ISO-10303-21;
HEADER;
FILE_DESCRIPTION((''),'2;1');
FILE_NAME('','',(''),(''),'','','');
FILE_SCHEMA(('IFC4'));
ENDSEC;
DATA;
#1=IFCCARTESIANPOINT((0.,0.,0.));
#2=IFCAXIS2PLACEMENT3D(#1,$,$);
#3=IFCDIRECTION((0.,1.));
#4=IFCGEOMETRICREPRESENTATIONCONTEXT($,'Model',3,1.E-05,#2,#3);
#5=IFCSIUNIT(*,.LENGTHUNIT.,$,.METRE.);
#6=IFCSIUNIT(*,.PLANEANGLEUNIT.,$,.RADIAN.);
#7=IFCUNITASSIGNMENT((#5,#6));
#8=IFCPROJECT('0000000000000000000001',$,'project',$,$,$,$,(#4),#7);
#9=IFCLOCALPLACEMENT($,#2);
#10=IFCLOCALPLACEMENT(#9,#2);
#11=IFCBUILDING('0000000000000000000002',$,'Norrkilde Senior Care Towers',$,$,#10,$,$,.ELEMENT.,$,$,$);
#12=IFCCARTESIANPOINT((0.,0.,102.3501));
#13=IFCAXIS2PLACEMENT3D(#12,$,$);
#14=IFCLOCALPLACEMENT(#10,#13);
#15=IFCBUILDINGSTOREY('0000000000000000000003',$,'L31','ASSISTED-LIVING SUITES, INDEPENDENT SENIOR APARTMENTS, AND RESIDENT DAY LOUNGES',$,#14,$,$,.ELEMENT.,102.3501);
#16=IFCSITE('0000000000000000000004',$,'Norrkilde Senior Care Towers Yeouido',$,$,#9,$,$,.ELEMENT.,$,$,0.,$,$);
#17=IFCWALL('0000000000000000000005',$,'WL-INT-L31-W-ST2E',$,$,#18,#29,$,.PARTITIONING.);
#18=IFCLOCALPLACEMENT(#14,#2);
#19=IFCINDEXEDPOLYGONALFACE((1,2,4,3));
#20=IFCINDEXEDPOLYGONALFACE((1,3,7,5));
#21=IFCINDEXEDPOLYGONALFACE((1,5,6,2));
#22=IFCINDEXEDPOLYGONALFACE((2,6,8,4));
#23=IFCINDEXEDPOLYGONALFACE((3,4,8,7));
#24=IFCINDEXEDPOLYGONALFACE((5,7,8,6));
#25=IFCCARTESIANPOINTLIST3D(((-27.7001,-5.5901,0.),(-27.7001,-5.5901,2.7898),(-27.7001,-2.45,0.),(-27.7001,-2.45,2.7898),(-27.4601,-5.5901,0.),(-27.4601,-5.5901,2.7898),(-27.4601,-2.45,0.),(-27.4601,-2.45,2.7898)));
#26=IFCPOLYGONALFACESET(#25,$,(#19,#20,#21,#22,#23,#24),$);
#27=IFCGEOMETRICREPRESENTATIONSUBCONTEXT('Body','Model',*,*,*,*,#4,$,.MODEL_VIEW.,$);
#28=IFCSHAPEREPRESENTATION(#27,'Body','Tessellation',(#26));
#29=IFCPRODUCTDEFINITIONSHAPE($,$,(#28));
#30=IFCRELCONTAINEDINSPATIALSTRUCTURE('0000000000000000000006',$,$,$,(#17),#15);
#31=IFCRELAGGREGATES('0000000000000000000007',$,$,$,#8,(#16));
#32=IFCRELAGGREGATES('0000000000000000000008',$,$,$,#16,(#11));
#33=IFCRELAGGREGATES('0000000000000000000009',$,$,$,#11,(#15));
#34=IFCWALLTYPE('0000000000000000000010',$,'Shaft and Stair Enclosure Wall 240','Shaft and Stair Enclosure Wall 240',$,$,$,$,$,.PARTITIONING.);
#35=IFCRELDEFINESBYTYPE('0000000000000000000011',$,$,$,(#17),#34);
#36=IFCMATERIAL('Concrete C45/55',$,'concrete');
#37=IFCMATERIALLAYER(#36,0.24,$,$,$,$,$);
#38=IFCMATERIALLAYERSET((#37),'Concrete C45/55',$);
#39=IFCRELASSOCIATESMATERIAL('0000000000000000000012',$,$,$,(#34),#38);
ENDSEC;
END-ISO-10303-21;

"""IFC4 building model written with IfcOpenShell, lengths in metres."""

from ifc_helpers import new_model, si_unit, direction, frame, frame_2d, origin, place, context, subcontext, project, spatial, rectangle, extrude, source, transform, mapped, material, layer, layer_set, type_object, type_shapes, element, save


model = new_model("IFC4")

# Units and contexts
model_context = context("Model", 3, precision=1e-05, world=origin(), true_north=direction((0.0, 1.0)))
body_context = subcontext(model_context, "Body", "Model", "MODEL_VIEW")
ifc_project = project(units=[si_unit("LENGTHUNIT", "METRE"), si_unit("PLANEANGLEUNIT", "RADIAN")], contexts=[model_context])

# Site, building, storey
site_placement = place(None, origin())
site = spatial("IfcSite", under=ifc_project, at=site_placement, Name="Norrkilde Senior Care Towers Yeouido", CompositionType="ELEMENT", RefElevation=0.0)
building_placement = place(site_placement, origin())
building = spatial("IfcBuilding", under=site, at=building_placement, Name="Norrkilde Senior Care Towers", CompositionType="ELEMENT")
storey_placement = place(building_placement, frame((0.0, 0.0, 102.3501)))
storey = spatial("IfcBuildingStorey", under=building, at=storey_placement, Name="L31", Description="ASSISTED-LIVING SUITES, INDEPENDENT SENIOR APARTMENTS, AND RESIDENT DAY LOUNGES", CompositionType="ELEMENT", Elevation=102.3501)

# Shared definitions
ifc_material_1 = material(Name="Concrete C45/55", Category="concrete")

# Wall
ifc_layer_1 = layer(ifc_material_1, 0.24)
ifc_layer_set_1 = layer_set([ifc_layer_1], Name="Concrete C45/55")
wall_type_1 = type_object("IfcWallType", Name="Shaft and Stair Enclosure Wall 240", Description="Shaft and Stair Enclosure Wall 240", PredefinedType="PARTITIONING", material=ifc_layer_set_1)
shared_shape_1 = source(origin(), body_context, "Body", "SweptSolid", [
    extrude(rectangle(XDim=3.1401, YDim=0.24, at=frame_2d((1.5701, 0.0))), origin(), (0.0, 0.0, 1.0), 2.7898),
])
type_shapes(wall_type_1, [shared_shape_1])
wall_1_placement = place(storey_placement, frame((-27.5801, -5.5901, 0.0), z_axis=(0.0, 0.0, 1.0), x_axis=(0.0, 1.0, 0.0)))
element("IfcWall", 1, at=wall_1_placement, inside=storey, type_object=wall_type_1, Name="WL-INT-L31-W-ST2E", PredefinedType="PARTITIONING", context=body_context, shape_type="MappedRepresentation", body=[
    mapped(shared_shape_1, transform((0.0, 0.0, 0.0), x_axis=(1.0, 0.0, 0.0), y_axis=(0.0, 1.0, 0.0), z_axis=(0.0, 0.0, 1.0), scale=1.0)),
])

save(model, "model.ifc")
